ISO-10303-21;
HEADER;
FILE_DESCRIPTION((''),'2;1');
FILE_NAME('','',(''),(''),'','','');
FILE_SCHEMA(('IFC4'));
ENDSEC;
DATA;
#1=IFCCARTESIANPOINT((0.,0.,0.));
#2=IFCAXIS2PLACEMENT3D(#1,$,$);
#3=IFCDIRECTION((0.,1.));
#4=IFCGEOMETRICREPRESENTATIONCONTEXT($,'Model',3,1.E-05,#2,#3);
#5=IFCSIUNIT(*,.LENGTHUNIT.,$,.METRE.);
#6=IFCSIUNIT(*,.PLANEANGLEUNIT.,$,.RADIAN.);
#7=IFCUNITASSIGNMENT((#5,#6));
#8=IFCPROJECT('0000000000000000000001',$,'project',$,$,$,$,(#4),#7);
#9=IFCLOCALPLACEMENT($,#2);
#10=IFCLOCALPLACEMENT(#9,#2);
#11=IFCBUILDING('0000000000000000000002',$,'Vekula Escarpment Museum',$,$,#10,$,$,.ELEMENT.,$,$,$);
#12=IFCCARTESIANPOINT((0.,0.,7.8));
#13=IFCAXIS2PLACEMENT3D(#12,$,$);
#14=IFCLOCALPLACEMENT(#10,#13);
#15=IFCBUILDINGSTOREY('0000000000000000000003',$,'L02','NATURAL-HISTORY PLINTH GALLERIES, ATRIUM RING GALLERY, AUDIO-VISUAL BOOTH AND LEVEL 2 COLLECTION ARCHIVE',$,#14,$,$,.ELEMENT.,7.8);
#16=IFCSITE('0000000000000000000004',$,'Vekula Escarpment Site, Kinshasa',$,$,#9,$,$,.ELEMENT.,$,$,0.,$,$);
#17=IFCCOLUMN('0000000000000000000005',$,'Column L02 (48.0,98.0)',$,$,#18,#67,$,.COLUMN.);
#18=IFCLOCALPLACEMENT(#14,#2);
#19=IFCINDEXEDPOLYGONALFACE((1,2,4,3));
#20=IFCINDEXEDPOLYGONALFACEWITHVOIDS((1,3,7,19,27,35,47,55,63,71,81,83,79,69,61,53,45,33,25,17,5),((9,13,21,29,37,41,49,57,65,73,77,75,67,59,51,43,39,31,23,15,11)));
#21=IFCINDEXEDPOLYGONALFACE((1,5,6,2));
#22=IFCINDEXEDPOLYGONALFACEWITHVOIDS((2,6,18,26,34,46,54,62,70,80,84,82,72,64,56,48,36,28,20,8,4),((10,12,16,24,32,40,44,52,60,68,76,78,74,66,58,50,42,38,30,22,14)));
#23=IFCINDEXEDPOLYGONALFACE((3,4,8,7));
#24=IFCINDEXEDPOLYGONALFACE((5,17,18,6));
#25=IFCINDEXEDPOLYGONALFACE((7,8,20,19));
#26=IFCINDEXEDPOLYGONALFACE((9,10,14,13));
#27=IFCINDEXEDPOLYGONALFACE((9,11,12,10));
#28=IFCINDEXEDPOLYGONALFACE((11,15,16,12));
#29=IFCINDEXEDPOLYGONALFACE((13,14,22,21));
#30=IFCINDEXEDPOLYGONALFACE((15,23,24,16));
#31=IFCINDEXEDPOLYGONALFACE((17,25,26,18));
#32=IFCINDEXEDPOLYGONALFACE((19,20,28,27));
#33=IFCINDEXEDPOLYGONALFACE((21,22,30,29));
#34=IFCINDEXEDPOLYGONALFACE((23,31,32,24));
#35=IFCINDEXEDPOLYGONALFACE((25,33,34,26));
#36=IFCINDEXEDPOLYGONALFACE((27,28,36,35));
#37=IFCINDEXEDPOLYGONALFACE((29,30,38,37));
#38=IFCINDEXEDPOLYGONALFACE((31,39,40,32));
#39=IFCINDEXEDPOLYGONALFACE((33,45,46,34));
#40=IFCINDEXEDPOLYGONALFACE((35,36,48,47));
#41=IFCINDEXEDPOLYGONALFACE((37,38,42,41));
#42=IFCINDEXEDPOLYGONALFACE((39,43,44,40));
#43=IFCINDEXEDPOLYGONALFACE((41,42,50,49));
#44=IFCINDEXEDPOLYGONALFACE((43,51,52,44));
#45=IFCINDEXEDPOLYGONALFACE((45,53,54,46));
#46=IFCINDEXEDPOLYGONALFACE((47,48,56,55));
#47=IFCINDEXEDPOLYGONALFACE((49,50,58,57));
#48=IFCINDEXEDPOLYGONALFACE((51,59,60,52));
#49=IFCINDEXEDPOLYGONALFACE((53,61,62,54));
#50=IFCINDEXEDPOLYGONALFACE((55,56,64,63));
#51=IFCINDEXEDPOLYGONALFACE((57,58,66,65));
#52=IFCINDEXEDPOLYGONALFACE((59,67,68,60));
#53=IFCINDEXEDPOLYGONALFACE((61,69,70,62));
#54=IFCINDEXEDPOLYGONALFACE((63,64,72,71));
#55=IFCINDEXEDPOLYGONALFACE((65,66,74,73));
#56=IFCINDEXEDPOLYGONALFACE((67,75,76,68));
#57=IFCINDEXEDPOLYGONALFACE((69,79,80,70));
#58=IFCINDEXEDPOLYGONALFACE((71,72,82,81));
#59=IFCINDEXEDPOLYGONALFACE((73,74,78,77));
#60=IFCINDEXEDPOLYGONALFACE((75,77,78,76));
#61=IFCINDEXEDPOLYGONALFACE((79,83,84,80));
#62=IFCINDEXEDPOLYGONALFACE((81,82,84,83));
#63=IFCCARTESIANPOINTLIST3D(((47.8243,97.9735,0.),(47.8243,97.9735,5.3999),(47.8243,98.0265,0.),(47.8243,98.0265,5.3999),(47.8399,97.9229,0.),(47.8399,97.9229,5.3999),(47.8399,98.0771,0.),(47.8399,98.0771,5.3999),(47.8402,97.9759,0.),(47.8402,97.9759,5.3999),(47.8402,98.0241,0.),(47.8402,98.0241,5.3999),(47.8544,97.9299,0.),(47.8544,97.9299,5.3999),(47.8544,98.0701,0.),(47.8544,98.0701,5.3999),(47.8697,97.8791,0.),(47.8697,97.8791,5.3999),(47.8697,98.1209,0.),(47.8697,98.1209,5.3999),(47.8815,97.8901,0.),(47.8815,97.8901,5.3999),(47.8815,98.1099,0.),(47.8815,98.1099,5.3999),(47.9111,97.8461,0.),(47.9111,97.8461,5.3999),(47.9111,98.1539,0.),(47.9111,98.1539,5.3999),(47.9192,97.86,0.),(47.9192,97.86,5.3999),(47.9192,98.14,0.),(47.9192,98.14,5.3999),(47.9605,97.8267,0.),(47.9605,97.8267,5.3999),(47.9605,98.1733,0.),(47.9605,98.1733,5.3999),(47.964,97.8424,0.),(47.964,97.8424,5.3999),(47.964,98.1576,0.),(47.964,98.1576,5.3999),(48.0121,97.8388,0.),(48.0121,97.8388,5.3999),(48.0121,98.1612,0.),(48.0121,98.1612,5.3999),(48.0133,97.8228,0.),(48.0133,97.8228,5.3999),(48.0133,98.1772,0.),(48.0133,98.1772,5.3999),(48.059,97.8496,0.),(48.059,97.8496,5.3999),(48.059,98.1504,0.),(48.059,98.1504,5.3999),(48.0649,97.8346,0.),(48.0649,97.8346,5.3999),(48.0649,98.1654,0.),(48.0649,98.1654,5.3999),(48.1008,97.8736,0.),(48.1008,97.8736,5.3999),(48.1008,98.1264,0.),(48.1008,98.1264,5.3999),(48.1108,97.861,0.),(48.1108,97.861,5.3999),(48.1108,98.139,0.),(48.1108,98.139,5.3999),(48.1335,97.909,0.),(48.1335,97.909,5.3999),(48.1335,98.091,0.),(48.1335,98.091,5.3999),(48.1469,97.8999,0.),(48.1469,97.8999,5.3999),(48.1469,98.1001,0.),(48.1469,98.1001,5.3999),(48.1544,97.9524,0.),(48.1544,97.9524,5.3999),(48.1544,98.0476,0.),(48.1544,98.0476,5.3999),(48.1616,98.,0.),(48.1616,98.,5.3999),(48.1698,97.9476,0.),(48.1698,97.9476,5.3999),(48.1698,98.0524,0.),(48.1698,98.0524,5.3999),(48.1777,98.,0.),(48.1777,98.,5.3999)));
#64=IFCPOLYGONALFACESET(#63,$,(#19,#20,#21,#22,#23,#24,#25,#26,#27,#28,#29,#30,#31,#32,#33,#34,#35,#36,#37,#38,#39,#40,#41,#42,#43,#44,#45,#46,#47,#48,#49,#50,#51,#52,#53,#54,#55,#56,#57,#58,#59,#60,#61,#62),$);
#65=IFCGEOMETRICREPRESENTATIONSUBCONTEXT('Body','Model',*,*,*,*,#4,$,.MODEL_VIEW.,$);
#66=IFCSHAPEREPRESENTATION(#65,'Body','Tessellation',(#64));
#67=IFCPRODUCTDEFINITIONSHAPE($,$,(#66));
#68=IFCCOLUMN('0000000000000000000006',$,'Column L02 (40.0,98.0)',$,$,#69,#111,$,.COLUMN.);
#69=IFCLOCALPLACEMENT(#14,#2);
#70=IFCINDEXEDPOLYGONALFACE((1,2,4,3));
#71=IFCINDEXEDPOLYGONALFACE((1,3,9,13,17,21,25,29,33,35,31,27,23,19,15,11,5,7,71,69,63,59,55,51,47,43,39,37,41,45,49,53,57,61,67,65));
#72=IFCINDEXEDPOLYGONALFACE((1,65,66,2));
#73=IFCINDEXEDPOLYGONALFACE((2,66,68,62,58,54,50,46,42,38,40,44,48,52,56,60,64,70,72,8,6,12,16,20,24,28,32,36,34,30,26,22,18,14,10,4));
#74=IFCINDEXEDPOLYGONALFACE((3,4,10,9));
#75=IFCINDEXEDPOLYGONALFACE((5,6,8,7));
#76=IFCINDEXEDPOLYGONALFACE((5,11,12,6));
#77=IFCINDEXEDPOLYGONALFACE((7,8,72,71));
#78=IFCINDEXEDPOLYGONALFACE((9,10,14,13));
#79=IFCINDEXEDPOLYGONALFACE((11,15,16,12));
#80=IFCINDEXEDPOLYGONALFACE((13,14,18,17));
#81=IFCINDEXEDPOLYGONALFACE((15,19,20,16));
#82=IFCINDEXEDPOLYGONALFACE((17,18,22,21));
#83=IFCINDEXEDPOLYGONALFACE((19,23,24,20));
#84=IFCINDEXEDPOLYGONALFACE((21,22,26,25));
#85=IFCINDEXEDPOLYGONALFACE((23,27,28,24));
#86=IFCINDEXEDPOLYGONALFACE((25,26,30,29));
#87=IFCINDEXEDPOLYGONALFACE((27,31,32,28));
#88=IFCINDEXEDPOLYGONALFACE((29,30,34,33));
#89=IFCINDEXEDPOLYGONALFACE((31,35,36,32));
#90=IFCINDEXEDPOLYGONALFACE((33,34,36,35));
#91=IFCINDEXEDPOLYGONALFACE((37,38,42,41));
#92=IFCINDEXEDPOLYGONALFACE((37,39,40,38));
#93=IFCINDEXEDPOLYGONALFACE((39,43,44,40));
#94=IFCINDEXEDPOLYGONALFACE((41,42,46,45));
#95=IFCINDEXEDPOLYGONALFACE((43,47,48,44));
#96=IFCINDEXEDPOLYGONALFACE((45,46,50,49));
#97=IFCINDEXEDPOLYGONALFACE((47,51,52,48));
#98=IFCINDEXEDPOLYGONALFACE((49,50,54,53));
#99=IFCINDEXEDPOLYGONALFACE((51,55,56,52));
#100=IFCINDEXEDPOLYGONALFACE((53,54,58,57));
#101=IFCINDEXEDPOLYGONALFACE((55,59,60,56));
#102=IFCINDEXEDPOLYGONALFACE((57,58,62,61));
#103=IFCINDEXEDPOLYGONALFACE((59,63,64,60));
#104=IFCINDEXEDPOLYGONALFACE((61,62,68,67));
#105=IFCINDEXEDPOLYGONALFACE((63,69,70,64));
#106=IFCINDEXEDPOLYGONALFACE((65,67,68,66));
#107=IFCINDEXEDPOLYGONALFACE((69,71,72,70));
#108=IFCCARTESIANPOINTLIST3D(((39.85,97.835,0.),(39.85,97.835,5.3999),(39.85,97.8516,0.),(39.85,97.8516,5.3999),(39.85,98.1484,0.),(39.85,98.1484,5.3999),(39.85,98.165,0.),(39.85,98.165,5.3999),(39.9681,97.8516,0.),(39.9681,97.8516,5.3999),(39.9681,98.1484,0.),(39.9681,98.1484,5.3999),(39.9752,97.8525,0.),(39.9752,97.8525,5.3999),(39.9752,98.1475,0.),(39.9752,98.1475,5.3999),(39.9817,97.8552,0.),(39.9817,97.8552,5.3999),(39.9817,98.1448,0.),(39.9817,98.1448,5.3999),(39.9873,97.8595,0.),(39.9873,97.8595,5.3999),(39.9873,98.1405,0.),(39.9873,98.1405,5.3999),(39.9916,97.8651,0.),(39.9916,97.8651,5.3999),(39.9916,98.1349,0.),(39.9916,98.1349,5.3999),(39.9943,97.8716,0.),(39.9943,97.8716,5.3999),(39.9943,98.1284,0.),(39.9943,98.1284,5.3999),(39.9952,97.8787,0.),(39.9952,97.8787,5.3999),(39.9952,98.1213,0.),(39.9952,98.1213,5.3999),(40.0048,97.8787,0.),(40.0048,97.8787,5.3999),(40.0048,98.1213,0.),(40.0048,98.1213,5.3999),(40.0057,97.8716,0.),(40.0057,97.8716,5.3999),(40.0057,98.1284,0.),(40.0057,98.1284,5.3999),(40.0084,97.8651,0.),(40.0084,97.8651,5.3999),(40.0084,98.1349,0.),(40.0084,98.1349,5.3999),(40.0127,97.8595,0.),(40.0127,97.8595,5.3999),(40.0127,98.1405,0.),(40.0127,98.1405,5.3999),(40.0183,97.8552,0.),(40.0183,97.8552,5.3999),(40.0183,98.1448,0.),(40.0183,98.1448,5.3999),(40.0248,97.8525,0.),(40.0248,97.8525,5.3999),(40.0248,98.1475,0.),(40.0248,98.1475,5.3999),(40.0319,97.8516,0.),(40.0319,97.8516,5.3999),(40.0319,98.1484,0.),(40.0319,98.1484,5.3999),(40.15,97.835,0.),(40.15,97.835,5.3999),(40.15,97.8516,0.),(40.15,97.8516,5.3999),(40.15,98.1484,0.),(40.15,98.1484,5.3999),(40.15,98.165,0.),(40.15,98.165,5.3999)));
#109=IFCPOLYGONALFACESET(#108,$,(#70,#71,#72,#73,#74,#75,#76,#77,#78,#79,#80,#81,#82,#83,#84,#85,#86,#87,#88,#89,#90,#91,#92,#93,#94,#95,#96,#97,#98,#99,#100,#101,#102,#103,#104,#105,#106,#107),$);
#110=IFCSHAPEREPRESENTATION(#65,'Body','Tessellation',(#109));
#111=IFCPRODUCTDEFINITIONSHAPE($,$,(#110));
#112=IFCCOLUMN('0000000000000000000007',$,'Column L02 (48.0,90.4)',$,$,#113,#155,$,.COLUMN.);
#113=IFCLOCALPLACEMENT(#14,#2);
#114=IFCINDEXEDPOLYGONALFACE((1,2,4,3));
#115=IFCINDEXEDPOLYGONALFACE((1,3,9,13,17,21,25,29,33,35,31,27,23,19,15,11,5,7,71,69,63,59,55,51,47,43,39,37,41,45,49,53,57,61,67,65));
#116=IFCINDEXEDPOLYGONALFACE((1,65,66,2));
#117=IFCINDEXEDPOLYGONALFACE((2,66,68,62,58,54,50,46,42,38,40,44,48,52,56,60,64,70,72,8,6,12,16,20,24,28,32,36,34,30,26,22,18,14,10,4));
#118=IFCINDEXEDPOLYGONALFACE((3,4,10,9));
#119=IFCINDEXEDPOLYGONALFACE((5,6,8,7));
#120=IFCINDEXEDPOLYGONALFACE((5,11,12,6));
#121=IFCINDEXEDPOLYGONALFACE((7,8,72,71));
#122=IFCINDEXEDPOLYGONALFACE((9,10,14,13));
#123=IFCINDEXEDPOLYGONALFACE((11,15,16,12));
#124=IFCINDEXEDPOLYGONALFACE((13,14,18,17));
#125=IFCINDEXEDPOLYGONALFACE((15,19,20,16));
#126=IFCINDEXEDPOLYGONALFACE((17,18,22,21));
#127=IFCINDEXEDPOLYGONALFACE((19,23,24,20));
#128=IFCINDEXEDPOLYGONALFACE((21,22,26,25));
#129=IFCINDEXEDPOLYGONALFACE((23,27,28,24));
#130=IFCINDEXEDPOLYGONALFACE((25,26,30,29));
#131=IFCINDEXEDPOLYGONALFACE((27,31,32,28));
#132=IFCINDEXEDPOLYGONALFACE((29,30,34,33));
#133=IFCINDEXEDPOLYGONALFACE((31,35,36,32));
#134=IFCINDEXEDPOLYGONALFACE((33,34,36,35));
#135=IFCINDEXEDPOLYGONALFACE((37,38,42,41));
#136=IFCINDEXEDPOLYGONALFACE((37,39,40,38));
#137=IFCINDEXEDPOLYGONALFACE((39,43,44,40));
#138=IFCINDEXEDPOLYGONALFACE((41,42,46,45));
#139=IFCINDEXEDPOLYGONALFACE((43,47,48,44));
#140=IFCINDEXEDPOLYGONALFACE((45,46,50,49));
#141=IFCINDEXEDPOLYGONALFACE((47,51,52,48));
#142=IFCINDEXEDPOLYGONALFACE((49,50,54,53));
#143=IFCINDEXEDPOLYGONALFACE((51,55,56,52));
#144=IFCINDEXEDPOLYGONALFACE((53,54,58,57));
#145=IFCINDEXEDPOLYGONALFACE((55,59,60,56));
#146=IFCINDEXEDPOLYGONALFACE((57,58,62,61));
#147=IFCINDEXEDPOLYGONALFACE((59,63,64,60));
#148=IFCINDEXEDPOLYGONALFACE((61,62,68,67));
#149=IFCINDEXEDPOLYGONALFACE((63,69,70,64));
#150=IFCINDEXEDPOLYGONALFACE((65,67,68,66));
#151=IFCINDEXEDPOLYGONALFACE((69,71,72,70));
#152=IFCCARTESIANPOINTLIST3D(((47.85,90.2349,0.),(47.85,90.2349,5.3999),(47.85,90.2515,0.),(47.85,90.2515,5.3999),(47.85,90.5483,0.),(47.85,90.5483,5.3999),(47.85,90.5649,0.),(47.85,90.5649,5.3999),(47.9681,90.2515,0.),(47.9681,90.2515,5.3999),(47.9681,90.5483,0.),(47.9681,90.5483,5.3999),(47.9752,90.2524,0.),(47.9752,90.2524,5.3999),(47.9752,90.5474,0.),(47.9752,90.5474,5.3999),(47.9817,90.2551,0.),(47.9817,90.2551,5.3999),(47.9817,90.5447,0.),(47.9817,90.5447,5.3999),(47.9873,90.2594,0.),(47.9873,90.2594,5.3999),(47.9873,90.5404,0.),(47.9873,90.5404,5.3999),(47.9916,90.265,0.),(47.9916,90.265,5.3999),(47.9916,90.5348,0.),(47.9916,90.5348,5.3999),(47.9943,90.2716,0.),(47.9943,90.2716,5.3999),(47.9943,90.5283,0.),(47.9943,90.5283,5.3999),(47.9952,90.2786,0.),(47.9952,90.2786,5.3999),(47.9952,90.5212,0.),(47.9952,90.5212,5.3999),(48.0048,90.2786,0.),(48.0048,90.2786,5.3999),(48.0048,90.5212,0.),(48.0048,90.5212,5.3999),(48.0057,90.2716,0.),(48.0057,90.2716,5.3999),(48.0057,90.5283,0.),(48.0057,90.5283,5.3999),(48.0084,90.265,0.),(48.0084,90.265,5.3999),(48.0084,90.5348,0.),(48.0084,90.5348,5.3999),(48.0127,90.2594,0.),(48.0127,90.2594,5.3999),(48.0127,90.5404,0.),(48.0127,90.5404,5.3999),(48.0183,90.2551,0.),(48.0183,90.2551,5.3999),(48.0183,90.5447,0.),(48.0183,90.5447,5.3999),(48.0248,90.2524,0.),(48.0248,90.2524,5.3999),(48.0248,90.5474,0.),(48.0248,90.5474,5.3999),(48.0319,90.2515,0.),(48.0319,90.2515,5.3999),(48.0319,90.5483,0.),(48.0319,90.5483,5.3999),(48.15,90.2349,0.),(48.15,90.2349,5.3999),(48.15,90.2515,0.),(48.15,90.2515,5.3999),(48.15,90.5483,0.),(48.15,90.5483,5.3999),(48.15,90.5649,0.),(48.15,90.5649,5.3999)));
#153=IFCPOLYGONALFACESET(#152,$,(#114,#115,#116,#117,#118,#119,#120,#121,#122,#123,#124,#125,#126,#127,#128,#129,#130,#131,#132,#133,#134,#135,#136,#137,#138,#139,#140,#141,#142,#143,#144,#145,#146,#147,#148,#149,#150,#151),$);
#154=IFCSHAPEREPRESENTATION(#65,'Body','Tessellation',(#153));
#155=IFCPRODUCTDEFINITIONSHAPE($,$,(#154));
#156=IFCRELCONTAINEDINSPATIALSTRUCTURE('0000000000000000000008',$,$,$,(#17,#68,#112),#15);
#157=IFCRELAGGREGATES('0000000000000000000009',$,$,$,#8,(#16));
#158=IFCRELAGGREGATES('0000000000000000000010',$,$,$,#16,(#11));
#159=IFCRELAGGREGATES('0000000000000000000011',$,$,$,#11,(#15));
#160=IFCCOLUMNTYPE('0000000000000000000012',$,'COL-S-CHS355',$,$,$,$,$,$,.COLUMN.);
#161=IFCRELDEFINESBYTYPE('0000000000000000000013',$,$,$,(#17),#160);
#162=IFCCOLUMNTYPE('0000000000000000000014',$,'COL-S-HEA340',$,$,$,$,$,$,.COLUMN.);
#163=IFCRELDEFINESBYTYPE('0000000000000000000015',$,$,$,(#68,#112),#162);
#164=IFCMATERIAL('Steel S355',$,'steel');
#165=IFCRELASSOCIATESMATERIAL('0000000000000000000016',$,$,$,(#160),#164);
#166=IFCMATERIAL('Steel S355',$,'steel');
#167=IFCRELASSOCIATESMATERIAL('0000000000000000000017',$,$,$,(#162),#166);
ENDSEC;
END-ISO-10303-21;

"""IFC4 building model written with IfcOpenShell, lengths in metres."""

from ifc_helpers import new_model, si_unit, direction, frame, origin, origin_2d, place, context, subcontext, project, spatial, hollow_circle, i_section, extrude, material, material_profile, profile_set, type_object, element, save


model = new_model("IFC4")

# Units and contexts
model_context = context("Model", 3, precision=1e-05, world=origin(), true_north=direction((0.0, 1.0)))
body_context = subcontext(model_context, "Body", "Model", "MODEL_VIEW")
ifc_project = project(units=[si_unit("LENGTHUNIT", "METRE"), si_unit("PLANEANGLEUNIT", "RADIAN")], contexts=[model_context])

# Site, building, storey
site_placement = place(None, origin())
site = spatial("IfcSite", under=ifc_project, at=site_placement, Name="Vekula Escarpment Site, Kinshasa", CompositionType="ELEMENT", RefElevation=0.0)
building_placement = place(site_placement, origin())
building = spatial("IfcBuilding", under=site, at=building_placement, Name="Vekula Escarpment Museum", CompositionType="ELEMENT")
storey_placement = place(building_placement, frame((0.0, 0.0, 7.8)))
storey = spatial("IfcBuildingStorey", under=building, at=storey_placement, Name="L02", Description="NATURAL-HISTORY PLINTH GALLERIES, ATRIUM RING GALLERY, AUDIO-VISUAL BOOTH AND LEVEL 2 COLLECTION ARCHIVE", CompositionType="ELEMENT", Elevation=7.8)

# Columns
ifc_material_1 = material(Name="Steel S355", Category="steel")
ifc_material_profile_1 = material_profile(ifc_material_1, hollow_circle(Radius=0.1777, WallThickness=0.0161, at=origin_2d()), Name="CHS 355.6x16")
ifc_profile_set_1 = profile_set([ifc_material_profile_1], Name="Steel S355")
column_type_1 = type_object("IfcColumnType", Name="COL-S-CHS355", PredefinedType="COLUMN", material=ifc_profile_set_1)
column_1_placement = place(storey_placement, frame((48.0, 98.0, 0.0), z_axis=(0.0, 0.0, 1.0), x_axis=(1.0, 0.0, 0.0)))
element("IfcColumn", 1, at=column_1_placement, inside=storey, type_object=column_type_1, Name="Column L02 (48.0,98.0)", PredefinedType="COLUMN", context=body_context, shape_type="SweptSolid", body=[
    extrude(hollow_circle(Radius=0.1777, WallThickness=0.0161, at=origin_2d()), origin(), (0.0, 0.0, 1.0), 5.3999),
])
ifc_material_2 = material(Name="Steel S355", Category="steel")
ifc_material_profile_2 = material_profile(ifc_material_2, i_section(OverallWidth=0.3, OverallDepth=0.3301, WebThickness=0.0095, FlangeThickness=0.0166, FilletRadius=0.0271, at=origin_2d()), Name="HEA 340")
ifc_profile_set_2 = profile_set([ifc_material_profile_2], Name="Steel S355")
column_type_2 = type_object("IfcColumnType", Name="COL-S-HEA340", PredefinedType="COLUMN", material=ifc_profile_set_2)
for number, where, z_axis, x_axis, name in (
    (2, (40.0, 98.0, 0.0), (0.0, 0.0, 1.0), (1.0, 0.0, 0.0), "Column L02 (40.0,98.0)"),
    (3, (48.0, 90.3999, 0.0), (0.0, 0.0, 1.0), (1.0, 0.0, 0.0), "Column L02 (48.0,90.4)"),
):
    element("IfcColumn", number, at=place(storey_placement, frame(where, z_axis=z_axis, x_axis=x_axis)), inside=storey, type_object=column_type_2, Name=name, PredefinedType="COLUMN", context=body_context, shape_type="SweptSolid", body=[
        extrude(i_section(OverallWidth=0.3, OverallDepth=0.3301, WebThickness=0.0095, FlangeThickness=0.0166, FilletRadius=0.0271, at=origin_2d()), origin(), (0.0, 0.0, 1.0), 5.3999),
    ])

save(model, "model.ifc")
